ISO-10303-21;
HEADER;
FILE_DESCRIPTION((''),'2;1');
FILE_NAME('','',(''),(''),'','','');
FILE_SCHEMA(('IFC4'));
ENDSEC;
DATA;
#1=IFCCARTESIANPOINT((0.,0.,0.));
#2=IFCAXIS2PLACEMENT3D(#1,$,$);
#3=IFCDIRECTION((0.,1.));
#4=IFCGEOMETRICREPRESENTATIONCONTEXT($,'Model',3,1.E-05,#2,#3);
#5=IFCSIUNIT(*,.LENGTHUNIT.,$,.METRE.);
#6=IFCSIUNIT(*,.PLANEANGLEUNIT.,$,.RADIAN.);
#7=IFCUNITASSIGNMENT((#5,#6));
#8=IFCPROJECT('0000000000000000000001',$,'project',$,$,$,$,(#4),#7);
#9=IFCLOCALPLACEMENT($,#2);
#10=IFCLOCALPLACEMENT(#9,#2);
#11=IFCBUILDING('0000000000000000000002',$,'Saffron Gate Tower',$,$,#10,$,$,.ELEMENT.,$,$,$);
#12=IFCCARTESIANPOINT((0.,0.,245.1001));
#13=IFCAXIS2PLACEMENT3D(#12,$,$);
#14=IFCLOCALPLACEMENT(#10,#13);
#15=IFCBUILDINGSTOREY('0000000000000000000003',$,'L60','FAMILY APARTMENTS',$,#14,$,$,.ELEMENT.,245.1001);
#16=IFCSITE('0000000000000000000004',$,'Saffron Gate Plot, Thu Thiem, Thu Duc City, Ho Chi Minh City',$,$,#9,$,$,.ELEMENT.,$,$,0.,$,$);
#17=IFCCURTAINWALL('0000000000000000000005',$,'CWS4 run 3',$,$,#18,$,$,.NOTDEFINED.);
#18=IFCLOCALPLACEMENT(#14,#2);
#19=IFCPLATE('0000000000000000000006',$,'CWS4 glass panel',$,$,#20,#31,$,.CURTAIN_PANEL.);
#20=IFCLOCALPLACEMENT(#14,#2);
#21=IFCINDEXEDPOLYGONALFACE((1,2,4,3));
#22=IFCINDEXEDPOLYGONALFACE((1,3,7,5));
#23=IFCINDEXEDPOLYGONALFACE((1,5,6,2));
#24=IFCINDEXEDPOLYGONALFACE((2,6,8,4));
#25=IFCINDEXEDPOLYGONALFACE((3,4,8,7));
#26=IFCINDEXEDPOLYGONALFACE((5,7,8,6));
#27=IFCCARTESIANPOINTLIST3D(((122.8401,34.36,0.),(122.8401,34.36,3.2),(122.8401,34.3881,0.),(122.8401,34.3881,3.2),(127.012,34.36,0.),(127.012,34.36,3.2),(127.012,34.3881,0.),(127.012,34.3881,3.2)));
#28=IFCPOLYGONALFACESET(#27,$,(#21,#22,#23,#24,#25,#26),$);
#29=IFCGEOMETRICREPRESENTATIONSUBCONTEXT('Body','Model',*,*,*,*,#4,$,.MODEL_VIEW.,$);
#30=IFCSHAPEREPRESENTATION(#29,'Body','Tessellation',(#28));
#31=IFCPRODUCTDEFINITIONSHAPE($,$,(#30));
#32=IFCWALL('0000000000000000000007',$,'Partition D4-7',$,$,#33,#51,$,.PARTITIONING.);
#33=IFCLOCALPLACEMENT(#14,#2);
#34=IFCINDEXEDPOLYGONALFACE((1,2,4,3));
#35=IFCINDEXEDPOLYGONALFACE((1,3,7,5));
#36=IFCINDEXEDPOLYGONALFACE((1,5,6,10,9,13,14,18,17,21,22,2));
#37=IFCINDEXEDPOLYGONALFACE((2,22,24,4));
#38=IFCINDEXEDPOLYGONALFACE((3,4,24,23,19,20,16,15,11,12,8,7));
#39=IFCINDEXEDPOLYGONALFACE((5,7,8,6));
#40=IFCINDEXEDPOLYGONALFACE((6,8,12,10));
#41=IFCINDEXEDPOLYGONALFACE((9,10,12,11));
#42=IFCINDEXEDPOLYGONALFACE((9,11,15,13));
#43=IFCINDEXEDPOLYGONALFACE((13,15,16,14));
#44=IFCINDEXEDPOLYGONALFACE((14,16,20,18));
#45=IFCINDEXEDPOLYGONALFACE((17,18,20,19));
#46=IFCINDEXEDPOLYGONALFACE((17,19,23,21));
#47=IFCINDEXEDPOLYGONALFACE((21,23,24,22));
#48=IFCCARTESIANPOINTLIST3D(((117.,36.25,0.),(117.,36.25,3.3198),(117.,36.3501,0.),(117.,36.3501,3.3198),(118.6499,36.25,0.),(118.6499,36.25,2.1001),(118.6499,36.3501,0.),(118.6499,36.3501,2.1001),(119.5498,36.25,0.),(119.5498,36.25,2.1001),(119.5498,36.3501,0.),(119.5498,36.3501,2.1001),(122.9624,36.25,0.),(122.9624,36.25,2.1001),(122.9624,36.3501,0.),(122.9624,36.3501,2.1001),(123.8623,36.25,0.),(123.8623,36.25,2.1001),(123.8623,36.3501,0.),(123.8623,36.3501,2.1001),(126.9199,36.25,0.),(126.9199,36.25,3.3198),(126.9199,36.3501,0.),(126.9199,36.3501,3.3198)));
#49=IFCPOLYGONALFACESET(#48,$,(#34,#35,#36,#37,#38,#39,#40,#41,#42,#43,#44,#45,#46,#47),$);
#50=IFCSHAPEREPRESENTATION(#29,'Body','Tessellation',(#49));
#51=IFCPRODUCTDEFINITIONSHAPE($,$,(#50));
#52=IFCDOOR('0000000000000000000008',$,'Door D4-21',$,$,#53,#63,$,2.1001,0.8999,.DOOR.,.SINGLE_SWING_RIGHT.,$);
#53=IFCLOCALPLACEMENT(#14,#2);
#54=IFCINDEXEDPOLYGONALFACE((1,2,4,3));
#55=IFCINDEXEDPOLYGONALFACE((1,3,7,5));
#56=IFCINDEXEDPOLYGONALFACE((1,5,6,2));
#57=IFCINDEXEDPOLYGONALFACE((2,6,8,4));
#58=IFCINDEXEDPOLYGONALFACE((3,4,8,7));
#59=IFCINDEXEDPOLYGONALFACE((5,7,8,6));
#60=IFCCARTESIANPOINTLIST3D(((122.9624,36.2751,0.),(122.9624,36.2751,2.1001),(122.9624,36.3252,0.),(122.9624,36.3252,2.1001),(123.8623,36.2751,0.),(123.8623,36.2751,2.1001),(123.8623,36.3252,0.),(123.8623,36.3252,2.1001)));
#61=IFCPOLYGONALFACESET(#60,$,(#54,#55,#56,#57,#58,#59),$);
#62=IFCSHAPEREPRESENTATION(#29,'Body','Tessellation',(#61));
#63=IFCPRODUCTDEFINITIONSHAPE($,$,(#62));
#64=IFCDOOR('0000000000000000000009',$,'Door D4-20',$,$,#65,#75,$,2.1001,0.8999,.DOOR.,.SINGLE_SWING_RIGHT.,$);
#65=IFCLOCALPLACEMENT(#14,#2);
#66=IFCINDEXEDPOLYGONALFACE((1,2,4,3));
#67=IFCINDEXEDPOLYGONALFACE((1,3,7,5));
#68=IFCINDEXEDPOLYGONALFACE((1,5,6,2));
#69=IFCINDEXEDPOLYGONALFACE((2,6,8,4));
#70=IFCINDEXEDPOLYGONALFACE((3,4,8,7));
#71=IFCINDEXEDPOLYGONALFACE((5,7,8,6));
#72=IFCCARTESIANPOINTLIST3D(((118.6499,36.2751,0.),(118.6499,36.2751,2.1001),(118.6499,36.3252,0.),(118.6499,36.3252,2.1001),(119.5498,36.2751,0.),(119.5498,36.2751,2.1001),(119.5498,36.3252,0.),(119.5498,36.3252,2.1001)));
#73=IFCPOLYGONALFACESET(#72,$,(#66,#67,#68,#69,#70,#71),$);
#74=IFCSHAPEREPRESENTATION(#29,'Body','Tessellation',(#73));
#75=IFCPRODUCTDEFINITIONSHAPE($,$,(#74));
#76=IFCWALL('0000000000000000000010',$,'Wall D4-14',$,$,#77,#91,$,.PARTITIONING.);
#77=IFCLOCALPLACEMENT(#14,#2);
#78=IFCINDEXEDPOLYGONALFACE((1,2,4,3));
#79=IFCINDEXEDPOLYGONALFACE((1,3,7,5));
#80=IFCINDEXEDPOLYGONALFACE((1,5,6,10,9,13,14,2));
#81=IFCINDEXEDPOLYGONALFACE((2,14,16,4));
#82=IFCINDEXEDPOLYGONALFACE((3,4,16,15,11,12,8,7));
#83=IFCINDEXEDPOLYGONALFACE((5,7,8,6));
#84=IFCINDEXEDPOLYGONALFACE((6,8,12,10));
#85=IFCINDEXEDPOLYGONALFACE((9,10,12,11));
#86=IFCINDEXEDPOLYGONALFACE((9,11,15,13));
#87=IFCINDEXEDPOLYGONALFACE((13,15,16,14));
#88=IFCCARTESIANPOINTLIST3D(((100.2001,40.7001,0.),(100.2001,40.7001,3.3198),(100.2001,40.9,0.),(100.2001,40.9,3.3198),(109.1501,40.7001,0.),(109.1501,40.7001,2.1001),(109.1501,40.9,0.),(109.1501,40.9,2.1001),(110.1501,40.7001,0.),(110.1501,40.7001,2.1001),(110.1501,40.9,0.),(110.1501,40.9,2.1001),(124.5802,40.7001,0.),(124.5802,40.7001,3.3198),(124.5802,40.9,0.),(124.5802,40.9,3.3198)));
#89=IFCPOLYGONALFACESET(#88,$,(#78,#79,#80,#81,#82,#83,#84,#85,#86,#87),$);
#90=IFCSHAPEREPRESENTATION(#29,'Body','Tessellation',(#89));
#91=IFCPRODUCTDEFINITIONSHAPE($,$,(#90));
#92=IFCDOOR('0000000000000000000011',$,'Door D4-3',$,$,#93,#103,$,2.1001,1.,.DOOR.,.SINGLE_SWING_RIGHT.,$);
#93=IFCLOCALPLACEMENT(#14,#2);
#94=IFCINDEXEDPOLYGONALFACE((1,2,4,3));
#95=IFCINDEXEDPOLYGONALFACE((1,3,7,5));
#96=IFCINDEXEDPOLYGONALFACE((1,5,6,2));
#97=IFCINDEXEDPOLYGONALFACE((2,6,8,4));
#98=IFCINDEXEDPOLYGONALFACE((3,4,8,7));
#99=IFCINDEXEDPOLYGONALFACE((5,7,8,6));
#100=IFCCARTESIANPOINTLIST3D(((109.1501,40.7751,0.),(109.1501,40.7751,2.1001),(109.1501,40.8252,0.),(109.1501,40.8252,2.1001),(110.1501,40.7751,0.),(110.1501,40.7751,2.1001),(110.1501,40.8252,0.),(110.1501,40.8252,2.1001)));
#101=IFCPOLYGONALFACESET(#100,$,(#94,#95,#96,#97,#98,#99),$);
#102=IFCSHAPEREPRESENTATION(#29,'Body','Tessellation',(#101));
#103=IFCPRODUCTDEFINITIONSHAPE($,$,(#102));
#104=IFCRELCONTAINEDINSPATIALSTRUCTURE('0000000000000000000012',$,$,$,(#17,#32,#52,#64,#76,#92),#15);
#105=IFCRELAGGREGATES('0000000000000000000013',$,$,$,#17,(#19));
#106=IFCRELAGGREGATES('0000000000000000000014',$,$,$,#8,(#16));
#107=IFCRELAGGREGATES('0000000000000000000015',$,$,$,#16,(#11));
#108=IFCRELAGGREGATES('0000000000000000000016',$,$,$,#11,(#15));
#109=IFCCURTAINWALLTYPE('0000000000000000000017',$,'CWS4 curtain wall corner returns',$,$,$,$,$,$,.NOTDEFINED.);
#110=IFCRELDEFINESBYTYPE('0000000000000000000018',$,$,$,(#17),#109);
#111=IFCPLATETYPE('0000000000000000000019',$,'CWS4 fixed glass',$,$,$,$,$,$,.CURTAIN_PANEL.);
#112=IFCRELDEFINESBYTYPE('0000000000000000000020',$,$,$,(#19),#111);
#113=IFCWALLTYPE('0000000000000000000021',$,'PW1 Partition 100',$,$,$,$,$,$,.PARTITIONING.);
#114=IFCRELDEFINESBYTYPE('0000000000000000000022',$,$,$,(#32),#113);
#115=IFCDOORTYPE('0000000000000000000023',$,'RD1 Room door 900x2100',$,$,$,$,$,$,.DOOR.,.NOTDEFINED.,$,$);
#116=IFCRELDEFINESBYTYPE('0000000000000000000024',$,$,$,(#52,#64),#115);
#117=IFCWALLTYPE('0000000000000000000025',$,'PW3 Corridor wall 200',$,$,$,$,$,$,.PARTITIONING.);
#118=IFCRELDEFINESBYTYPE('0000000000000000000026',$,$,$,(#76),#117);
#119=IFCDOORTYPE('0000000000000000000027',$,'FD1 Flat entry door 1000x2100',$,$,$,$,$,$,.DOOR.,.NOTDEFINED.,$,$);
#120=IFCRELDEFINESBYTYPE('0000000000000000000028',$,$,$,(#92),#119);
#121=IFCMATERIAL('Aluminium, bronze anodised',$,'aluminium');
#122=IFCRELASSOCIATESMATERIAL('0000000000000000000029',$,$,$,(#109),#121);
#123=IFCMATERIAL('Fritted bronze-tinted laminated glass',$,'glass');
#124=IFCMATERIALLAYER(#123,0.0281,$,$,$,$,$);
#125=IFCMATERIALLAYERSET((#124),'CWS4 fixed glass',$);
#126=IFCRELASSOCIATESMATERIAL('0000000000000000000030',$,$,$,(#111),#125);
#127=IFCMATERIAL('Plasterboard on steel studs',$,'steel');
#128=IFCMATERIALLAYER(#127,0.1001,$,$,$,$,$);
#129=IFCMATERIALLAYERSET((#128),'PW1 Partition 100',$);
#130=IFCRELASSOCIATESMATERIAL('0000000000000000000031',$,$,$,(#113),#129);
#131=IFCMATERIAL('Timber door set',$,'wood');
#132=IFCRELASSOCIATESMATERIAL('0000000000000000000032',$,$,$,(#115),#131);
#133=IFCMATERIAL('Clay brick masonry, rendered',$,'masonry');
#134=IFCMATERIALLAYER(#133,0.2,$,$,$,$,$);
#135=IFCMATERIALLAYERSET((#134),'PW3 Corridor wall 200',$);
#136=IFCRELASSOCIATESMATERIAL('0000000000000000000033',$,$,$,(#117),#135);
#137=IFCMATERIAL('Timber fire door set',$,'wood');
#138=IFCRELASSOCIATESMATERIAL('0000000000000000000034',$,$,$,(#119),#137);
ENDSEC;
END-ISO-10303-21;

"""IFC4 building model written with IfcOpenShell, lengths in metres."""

from ifc_helpers import new_model, si_unit, direction, frame, frame_2d, origin, place, context, subcontext, project, spatial, rectangle, extrude, material, layer, layer_set, type_object, element, fill, aggregate, save


model = new_model("IFC4")

# Units and contexts
model_context = context("Model", 3, precision=1e-05, world=origin(), true_north=direction((0.0, 1.0)))
body_context = subcontext(model_context, "Body", "Model", "MODEL_VIEW")
ifc_project = project(units=[si_unit("LENGTHUNIT", "METRE"), si_unit("PLANEANGLEUNIT", "RADIAN")], contexts=[model_context])

# Site, building, storey
site_placement = place(None, origin())
site = spatial("IfcSite", under=ifc_project, at=site_placement, Name="Saffron Gate Plot, Thu Thiem, Thu Duc City, Ho Chi Minh City", CompositionType="ELEMENT", RefElevation=0.0)
building_placement = place(site_placement, origin())
building = spatial("IfcBuilding", under=site, at=building_placement, Name="Saffron Gate Tower", CompositionType="ELEMENT")
storey_placement = place(building_placement, frame((0.0, 0.0, 245.1001)))
storey = spatial("IfcBuildingStorey", under=building, at=storey_placement, Name="L60", Description="FAMILY APARTMENTS", CompositionType="ELEMENT", Elevation=245.1001)

# Shared definitions
ifc_material_1 = material(Name="Aluminium, bronze anodised", Category="aluminium")

# Curtain wall
curtain_wall_type_1 = type_object("IfcCurtainWallType", Name="CWS4 curtain wall corner returns", PredefinedType="NOTDEFINED", material=ifc_material_1)
curtain_wall_1_placement = place(storey_placement, origin())
curtain_wall_1 = element("IfcCurtainWall", 1, at=curtain_wall_1_placement, inside=storey, type_object=curtain_wall_type_1, Name="CWS4 run 3", PredefinedType="NOTDEFINED")

# Shared definitions
ifc_material_2 = material(Name="Fritted bronze-tinted laminated glass", Category="glass")

# Plate
ifc_layer_1 = layer(ifc_material_2, 0.0281)
ifc_layer_set_1 = layer_set([ifc_layer_1], Name="CWS4 fixed glass")
plate_type_1 = type_object("IfcPlateType", Name="CWS4 fixed glass", PredefinedType="CURTAIN_PANEL", material=ifc_layer_set_1)
plate_1_placement = place(storey_placement, frame((122.8401, 34.374, 0.0), z_axis=(0.0, 0.0, 1.0), x_axis=(1.0, 0.0, 0.0)))
plate_1 = element("IfcPlate", 2, at=plate_1_placement, type_object=plate_type_1, Name="CWS4 glass panel", PredefinedType="CURTAIN_PANEL", context=body_context, shape_type="SweptSolid", body=[
    extrude(rectangle(XDim=4.1719, YDim=0.0281, at=frame_2d((2.0859, 0.0))), origin(), (0.0, 0.0, 1.0), 3.2),
])
aggregate(curtain_wall_1, [plate_1])

# Wall, openings, doors
ifc_material_3 = material(Name="Plasterboard on steel studs", Category="steel")
ifc_layer_2 = layer(ifc_material_3, 0.1001)
ifc_layer_set_2 = layer_set([ifc_layer_2], Name="PW1 Partition 100")
wall_type_1 = type_object("IfcWallType", Name="PW1 Partition 100", PredefinedType="PARTITIONING", material=ifc_layer_set_2)
wall_1_placement = place(storey_placement, frame((126.9199, 36.3, 0.0), z_axis=(0.0, 0.0, 1.0), x_axis=(-1.0, 0.0, 0.0)))
wall_1 = element("IfcWall", 3, at=wall_1_placement, inside=storey, type_object=wall_type_1, Name="Partition D4-7", PredefinedType="PARTITIONING", context=body_context, shape_type="SweptSolid", body=[
    extrude(rectangle(XDim=9.9199, YDim=0.1001, at=frame_2d((4.96, 0.0))), origin(), (0.0, 0.0, 1.0), 3.3198),
])
opening_1_placement = place(wall_1_placement, frame((3.0576, 0.0, 0.0)))
opening_1 = element("IfcOpeningElement", 4, at=opening_1_placement, cuts=wall_1, PredefinedType="OPENING", context=body_context, shape_type="SweptSolid", body=[
    extrude(rectangle(XDim=0.8999, YDim=2.1001, at=frame_2d((0.45, 1.05))), frame((0.0, 0.0601, 0.0), z_axis=(0.0, -1.0, 0.0), x_axis=(1.0, 0.0, 0.0)), (0.0, 0.0, 1.0), 0.1201),
])
opening_2_placement = place(wall_1_placement, frame((7.3701, 0.0, 0.0)))
opening_2 = element("IfcOpeningElement", 5, at=opening_2_placement, cuts=wall_1, PredefinedType="OPENING", context=body_context, shape_type="SweptSolid", body=[
    extrude(rectangle(XDim=0.8999, YDim=2.1001, at=frame_2d((0.45, 1.05))), frame((0.0, 0.0601, 0.0), z_axis=(0.0, -1.0, 0.0), x_axis=(1.0, 0.0, 0.0)), (0.0, 0.0, 1.0), 0.1201),
])
ifc_material_4 = material(Name="Timber door set", Category="wood")
door_type_1 = type_object("IfcDoorType", Name="RD1 Room door 900x2100", OperationType="NOTDEFINED", PredefinedType="DOOR", material=ifc_material_4)
door_1_placement = place(opening_1_placement, origin())
door_1 = element("IfcDoor", 6, at=door_1_placement, inside=storey, type_object=door_type_1, Name="Door D4-21", OperationType="SINGLE_SWING_RIGHT", OverallHeight=2.1001, OverallWidth=0.8999, PredefinedType="DOOR", context=body_context, shape_type="SweptSolid", body=[
    extrude(rectangle(XDim=0.8999, YDim=2.1001, at=frame_2d((0.45, 1.05))), frame((0.0, 0.0249, 0.0), z_axis=(0.0, -1.0, 0.0), x_axis=(1.0, 0.0, 0.0)), (0.0, 0.0, 1.0), 0.05),
])
fill(opening_1, door_1)
door_2_placement = place(opening_2_placement, origin())
door_2 = element("IfcDoor", 7, at=door_2_placement, inside=storey, type_object=door_type_1, Name="Door D4-20", OperationType="SINGLE_SWING_RIGHT", OverallHeight=2.1001, OverallWidth=0.8999, PredefinedType="DOOR", context=body_context, shape_type="SweptSolid", body=[
    extrude(rectangle(XDim=0.8999, YDim=2.1001, at=frame_2d((0.45, 1.05))), frame((0.0, 0.0249, 0.0), z_axis=(0.0, -1.0, 0.0), x_axis=(1.0, 0.0, 0.0)), (0.0, 0.0, 1.0), 0.05),
])
fill(opening_2, door_2)

# Wall, opening, door
ifc_material_5 = material(Name="Clay brick masonry, rendered", Category="masonry")
ifc_layer_3 = layer(ifc_material_5, 0.2)
ifc_layer_set_3 = layer_set([ifc_layer_3], Name="PW3 Corridor wall 200")
wall_type_2 = type_object("IfcWallType", Name="PW3 Corridor wall 200", PredefinedType="PARTITIONING", material=ifc_layer_set_3)
wall_2_placement = place(storey_placement, frame((124.5801, 40.8, 0.0), z_axis=(0.0, 0.0, 1.0), x_axis=(-1.0, 0.0, 0.0)))
wall_2 = element("IfcWall", 8, at=wall_2_placement, inside=storey, type_object=wall_type_2, Name="Wall D4-14", PredefinedType="PARTITIONING", context=body_context, shape_type="SweptSolid", body=[
    extrude(rectangle(XDim=24.3801, YDim=0.2, at=frame_2d((12.1899, 0.0))), origin(), (0.0, 0.0, 1.0), 3.3198),
])
opening_3_placement = place(wall_2_placement, frame((14.4299, 0.0, 0.0)))
opening_3 = element("IfcOpeningElement", 9, at=opening_3_placement, cuts=wall_2, PredefinedType="OPENING", context=body_context, shape_type="SweptSolid", body=[
    extrude(rectangle(XDim=1.0, YDim=2.1001, at=frame_2d((0.5, 1.05))), frame((0.0, 0.1099, 0.0), z_axis=(0.0, -1.0, 0.0), x_axis=(1.0, 0.0, 0.0)), (0.0, 0.0, 1.0), 0.22),
])
ifc_material_6 = material(Name="Timber fire door set", Category="wood")
door_type_2 = type_object("IfcDoorType", Name="FD1 Flat entry door 1000x2100", OperationType="NOTDEFINED", PredefinedType="DOOR", material=ifc_material_6)
door_3_placement = place(opening_3_placement, origin())
door_3 = element("IfcDoor", 10, at=door_3_placement, inside=storey, type_object=door_type_2, Name="Door D4-3", OperationType="SINGLE_SWING_RIGHT", OverallHeight=2.1001, OverallWidth=1.0, PredefinedType="DOOR", context=body_context, shape_type="SweptSolid", body=[
    extrude(rectangle(XDim=1.0, YDim=2.1001, at=frame_2d((0.5, 1.05))), frame((0.0, 0.0249, 0.0), z_axis=(0.0, -1.0, 0.0), x_axis=(1.0, 0.0, 0.0)), (0.0, 0.0, 1.0), 0.05),
])
fill(opening_3, door_3)

save(model, "model.ifc")
